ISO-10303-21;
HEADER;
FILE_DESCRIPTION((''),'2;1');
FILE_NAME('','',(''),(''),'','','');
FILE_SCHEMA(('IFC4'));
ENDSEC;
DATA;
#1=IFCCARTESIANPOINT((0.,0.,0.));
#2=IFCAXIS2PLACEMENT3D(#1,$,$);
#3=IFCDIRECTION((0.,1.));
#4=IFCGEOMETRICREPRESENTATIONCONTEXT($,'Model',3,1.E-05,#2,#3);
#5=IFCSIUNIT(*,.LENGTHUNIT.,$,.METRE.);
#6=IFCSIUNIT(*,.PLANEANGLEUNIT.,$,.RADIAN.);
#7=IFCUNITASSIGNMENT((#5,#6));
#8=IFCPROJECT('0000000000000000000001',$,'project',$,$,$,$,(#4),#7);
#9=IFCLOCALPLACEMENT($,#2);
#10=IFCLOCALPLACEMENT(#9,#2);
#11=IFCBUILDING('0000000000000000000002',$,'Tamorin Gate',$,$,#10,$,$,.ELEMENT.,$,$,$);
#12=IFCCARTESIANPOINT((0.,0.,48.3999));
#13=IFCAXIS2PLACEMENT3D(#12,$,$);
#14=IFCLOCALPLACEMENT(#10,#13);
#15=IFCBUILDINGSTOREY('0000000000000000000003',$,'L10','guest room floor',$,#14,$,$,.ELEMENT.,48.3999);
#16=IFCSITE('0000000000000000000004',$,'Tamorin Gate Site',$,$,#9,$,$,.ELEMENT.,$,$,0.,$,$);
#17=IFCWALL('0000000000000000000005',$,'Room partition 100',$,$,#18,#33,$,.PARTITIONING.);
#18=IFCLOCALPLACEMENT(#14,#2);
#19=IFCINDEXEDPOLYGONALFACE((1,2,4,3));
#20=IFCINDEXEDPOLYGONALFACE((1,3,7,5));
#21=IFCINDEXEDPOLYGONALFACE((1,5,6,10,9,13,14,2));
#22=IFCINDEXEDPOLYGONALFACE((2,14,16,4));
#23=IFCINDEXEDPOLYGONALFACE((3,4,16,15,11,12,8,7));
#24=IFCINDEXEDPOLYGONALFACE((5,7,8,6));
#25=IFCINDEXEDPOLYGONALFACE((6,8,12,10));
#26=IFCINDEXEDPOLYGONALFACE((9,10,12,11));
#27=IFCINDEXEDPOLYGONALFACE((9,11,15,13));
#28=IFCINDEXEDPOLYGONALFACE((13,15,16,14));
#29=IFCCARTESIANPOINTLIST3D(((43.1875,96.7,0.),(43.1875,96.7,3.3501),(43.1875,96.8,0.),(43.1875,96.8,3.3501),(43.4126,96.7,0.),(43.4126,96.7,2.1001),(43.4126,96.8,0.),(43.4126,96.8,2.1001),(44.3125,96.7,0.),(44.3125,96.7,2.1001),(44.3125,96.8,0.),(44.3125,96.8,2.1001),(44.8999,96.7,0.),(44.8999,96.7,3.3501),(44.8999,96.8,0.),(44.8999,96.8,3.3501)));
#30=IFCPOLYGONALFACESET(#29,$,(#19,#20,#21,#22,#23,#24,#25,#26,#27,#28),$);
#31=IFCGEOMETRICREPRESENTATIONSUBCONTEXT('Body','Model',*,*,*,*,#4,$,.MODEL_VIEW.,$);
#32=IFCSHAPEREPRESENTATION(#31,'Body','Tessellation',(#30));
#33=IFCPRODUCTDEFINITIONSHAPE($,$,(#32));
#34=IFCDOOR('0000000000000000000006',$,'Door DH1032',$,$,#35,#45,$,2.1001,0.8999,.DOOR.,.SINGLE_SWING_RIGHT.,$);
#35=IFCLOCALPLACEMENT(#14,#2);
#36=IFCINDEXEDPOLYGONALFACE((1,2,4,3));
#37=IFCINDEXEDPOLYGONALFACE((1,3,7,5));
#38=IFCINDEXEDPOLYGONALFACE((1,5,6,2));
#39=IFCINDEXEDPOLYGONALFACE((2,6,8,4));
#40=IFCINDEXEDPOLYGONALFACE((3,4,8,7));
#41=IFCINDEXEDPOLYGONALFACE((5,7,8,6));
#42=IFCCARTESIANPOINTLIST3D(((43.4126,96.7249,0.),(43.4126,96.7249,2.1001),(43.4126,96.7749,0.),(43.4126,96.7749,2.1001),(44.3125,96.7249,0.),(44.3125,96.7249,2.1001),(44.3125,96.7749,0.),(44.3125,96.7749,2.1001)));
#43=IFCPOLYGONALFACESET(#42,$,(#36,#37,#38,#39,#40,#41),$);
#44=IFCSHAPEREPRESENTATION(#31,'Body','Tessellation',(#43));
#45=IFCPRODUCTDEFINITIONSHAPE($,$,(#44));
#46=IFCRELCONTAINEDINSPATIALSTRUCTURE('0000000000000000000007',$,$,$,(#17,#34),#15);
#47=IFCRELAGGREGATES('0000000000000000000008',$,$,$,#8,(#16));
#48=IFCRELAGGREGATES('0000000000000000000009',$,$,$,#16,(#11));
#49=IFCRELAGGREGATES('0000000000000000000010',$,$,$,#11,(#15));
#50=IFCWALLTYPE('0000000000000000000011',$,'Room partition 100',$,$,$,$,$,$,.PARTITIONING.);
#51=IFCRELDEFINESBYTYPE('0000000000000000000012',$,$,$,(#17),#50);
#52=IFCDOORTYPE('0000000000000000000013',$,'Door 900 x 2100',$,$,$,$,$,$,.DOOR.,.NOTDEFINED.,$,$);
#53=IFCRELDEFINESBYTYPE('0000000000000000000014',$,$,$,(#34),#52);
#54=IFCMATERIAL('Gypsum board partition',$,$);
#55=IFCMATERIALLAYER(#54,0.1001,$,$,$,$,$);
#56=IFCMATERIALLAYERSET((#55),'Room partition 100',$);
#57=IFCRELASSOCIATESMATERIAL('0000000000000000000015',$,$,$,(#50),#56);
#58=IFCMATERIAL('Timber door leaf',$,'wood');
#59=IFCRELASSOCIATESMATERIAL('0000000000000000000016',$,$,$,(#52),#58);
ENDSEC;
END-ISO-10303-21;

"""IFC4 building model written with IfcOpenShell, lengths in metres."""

from ifc_helpers import new_model, si_unit, direction, frame, frame_2d, origin, place, context, subcontext, project, spatial, rectangle, extrude, material, layer, layer_set, type_object, element, fill, save


model = new_model("IFC4")

# Units and contexts
model_context = context("Model", 3, precision=1e-05, world=origin(), true_north=direction((0.0, 1.0)))
body_context = subcontext(model_context, "Body", "Model", "MODEL_VIEW")
ifc_project = project(units=[si_unit("LENGTHUNIT", "METRE"), si_unit("PLANEANGLEUNIT", "RADIAN")], contexts=[model_context])

# Site, building, storey
site_placement = place(None, origin())
site = spatial("IfcSite", under=ifc_project, at=site_placement, Name="Tamorin Gate Site", CompositionType="ELEMENT", RefElevation=0.0)
building_placement = place(site_placement, origin())
building = spatial("IfcBuilding", under=site, at=building_placement, Name="Tamorin Gate", CompositionType="ELEMENT")
storey_placement = place(building_placement, frame((0.0, 0.0, 48.3999)))
storey = spatial("IfcBuildingStorey", under=building, at=storey_placement, Name="L10", Description="guest room floor", CompositionType="ELEMENT", Elevation=48.3999)

# Wall, opening, door
ifc_material_1 = material(Name="Gypsum board partition")
ifc_layer_1 = layer(ifc_material_1, 0.1001)
ifc_layer_set_1 = layer_set([ifc_layer_1], Name="Room partition 100")
wall_type_1 = type_object("IfcWallType", Name="Room partition 100", PredefinedType="PARTITIONING", material=ifc_layer_set_1)
wall_1_placement = place(storey_placement, frame((43.1875, 96.75, 0.0), z_axis=(0.0, 0.0, 1.0), x_axis=(1.0, 0.0, 0.0)))
wall_1 = element("IfcWall", 1, at=wall_1_placement, inside=storey, type_object=wall_type_1, Name="Room partition 100", PredefinedType="PARTITIONING", context=body_context, shape_type="SweptSolid", body=[
    extrude(rectangle(XDim=1.7124, YDim=0.1001, at=frame_2d((0.8562, 0.0))), origin(), (0.0, 0.0, 1.0), 3.3501),
])
opening_1_placement = place(wall_1_placement, frame((0.2251, 0.0, 0.0)))
opening_1 = element("IfcOpeningElement", 2, at=opening_1_placement, cuts=wall_1, PredefinedType="OPENING", context=body_context, shape_type="SweptSolid", body=[
    extrude(rectangle(XDim=0.8999, YDim=2.1001, at=frame_2d((0.45, 1.05))), frame((0.0, 0.0601, 0.0), z_axis=(0.0, -1.0, 0.0), x_axis=(1.0, 0.0, 0.0)), (0.0, 0.0, 1.0), 0.1201),
])
ifc_material_2 = material(Name="Timber door leaf", Category="wood")
door_type = type_object("IfcDoorType", Name="Door 900 x 2100", OperationType="NOTDEFINED", PredefinedType="DOOR", material=ifc_material_2)
door_placement = place(opening_1_placement, origin())
door = element("IfcDoor", 3, at=door_placement, inside=storey, type_object=door_type, Name="Door DH1032", OperationType="SINGLE_SWING_RIGHT", OverallHeight=2.1001, OverallWidth=0.8999, PredefinedType="DOOR", context=body_context, shape_type="SweptSolid", body=[
    extrude(rectangle(XDim=0.8999, YDim=2.1001, at=frame_2d((0.45, 1.05))), frame((0.0, 0.0249, 0.0), z_axis=(0.0, -1.0, 0.0), x_axis=(1.0, 0.0, 0.0)), (0.0, 0.0, 1.0), 0.05),
])
fill(opening_1, door)

save(model, "model.ifc")
